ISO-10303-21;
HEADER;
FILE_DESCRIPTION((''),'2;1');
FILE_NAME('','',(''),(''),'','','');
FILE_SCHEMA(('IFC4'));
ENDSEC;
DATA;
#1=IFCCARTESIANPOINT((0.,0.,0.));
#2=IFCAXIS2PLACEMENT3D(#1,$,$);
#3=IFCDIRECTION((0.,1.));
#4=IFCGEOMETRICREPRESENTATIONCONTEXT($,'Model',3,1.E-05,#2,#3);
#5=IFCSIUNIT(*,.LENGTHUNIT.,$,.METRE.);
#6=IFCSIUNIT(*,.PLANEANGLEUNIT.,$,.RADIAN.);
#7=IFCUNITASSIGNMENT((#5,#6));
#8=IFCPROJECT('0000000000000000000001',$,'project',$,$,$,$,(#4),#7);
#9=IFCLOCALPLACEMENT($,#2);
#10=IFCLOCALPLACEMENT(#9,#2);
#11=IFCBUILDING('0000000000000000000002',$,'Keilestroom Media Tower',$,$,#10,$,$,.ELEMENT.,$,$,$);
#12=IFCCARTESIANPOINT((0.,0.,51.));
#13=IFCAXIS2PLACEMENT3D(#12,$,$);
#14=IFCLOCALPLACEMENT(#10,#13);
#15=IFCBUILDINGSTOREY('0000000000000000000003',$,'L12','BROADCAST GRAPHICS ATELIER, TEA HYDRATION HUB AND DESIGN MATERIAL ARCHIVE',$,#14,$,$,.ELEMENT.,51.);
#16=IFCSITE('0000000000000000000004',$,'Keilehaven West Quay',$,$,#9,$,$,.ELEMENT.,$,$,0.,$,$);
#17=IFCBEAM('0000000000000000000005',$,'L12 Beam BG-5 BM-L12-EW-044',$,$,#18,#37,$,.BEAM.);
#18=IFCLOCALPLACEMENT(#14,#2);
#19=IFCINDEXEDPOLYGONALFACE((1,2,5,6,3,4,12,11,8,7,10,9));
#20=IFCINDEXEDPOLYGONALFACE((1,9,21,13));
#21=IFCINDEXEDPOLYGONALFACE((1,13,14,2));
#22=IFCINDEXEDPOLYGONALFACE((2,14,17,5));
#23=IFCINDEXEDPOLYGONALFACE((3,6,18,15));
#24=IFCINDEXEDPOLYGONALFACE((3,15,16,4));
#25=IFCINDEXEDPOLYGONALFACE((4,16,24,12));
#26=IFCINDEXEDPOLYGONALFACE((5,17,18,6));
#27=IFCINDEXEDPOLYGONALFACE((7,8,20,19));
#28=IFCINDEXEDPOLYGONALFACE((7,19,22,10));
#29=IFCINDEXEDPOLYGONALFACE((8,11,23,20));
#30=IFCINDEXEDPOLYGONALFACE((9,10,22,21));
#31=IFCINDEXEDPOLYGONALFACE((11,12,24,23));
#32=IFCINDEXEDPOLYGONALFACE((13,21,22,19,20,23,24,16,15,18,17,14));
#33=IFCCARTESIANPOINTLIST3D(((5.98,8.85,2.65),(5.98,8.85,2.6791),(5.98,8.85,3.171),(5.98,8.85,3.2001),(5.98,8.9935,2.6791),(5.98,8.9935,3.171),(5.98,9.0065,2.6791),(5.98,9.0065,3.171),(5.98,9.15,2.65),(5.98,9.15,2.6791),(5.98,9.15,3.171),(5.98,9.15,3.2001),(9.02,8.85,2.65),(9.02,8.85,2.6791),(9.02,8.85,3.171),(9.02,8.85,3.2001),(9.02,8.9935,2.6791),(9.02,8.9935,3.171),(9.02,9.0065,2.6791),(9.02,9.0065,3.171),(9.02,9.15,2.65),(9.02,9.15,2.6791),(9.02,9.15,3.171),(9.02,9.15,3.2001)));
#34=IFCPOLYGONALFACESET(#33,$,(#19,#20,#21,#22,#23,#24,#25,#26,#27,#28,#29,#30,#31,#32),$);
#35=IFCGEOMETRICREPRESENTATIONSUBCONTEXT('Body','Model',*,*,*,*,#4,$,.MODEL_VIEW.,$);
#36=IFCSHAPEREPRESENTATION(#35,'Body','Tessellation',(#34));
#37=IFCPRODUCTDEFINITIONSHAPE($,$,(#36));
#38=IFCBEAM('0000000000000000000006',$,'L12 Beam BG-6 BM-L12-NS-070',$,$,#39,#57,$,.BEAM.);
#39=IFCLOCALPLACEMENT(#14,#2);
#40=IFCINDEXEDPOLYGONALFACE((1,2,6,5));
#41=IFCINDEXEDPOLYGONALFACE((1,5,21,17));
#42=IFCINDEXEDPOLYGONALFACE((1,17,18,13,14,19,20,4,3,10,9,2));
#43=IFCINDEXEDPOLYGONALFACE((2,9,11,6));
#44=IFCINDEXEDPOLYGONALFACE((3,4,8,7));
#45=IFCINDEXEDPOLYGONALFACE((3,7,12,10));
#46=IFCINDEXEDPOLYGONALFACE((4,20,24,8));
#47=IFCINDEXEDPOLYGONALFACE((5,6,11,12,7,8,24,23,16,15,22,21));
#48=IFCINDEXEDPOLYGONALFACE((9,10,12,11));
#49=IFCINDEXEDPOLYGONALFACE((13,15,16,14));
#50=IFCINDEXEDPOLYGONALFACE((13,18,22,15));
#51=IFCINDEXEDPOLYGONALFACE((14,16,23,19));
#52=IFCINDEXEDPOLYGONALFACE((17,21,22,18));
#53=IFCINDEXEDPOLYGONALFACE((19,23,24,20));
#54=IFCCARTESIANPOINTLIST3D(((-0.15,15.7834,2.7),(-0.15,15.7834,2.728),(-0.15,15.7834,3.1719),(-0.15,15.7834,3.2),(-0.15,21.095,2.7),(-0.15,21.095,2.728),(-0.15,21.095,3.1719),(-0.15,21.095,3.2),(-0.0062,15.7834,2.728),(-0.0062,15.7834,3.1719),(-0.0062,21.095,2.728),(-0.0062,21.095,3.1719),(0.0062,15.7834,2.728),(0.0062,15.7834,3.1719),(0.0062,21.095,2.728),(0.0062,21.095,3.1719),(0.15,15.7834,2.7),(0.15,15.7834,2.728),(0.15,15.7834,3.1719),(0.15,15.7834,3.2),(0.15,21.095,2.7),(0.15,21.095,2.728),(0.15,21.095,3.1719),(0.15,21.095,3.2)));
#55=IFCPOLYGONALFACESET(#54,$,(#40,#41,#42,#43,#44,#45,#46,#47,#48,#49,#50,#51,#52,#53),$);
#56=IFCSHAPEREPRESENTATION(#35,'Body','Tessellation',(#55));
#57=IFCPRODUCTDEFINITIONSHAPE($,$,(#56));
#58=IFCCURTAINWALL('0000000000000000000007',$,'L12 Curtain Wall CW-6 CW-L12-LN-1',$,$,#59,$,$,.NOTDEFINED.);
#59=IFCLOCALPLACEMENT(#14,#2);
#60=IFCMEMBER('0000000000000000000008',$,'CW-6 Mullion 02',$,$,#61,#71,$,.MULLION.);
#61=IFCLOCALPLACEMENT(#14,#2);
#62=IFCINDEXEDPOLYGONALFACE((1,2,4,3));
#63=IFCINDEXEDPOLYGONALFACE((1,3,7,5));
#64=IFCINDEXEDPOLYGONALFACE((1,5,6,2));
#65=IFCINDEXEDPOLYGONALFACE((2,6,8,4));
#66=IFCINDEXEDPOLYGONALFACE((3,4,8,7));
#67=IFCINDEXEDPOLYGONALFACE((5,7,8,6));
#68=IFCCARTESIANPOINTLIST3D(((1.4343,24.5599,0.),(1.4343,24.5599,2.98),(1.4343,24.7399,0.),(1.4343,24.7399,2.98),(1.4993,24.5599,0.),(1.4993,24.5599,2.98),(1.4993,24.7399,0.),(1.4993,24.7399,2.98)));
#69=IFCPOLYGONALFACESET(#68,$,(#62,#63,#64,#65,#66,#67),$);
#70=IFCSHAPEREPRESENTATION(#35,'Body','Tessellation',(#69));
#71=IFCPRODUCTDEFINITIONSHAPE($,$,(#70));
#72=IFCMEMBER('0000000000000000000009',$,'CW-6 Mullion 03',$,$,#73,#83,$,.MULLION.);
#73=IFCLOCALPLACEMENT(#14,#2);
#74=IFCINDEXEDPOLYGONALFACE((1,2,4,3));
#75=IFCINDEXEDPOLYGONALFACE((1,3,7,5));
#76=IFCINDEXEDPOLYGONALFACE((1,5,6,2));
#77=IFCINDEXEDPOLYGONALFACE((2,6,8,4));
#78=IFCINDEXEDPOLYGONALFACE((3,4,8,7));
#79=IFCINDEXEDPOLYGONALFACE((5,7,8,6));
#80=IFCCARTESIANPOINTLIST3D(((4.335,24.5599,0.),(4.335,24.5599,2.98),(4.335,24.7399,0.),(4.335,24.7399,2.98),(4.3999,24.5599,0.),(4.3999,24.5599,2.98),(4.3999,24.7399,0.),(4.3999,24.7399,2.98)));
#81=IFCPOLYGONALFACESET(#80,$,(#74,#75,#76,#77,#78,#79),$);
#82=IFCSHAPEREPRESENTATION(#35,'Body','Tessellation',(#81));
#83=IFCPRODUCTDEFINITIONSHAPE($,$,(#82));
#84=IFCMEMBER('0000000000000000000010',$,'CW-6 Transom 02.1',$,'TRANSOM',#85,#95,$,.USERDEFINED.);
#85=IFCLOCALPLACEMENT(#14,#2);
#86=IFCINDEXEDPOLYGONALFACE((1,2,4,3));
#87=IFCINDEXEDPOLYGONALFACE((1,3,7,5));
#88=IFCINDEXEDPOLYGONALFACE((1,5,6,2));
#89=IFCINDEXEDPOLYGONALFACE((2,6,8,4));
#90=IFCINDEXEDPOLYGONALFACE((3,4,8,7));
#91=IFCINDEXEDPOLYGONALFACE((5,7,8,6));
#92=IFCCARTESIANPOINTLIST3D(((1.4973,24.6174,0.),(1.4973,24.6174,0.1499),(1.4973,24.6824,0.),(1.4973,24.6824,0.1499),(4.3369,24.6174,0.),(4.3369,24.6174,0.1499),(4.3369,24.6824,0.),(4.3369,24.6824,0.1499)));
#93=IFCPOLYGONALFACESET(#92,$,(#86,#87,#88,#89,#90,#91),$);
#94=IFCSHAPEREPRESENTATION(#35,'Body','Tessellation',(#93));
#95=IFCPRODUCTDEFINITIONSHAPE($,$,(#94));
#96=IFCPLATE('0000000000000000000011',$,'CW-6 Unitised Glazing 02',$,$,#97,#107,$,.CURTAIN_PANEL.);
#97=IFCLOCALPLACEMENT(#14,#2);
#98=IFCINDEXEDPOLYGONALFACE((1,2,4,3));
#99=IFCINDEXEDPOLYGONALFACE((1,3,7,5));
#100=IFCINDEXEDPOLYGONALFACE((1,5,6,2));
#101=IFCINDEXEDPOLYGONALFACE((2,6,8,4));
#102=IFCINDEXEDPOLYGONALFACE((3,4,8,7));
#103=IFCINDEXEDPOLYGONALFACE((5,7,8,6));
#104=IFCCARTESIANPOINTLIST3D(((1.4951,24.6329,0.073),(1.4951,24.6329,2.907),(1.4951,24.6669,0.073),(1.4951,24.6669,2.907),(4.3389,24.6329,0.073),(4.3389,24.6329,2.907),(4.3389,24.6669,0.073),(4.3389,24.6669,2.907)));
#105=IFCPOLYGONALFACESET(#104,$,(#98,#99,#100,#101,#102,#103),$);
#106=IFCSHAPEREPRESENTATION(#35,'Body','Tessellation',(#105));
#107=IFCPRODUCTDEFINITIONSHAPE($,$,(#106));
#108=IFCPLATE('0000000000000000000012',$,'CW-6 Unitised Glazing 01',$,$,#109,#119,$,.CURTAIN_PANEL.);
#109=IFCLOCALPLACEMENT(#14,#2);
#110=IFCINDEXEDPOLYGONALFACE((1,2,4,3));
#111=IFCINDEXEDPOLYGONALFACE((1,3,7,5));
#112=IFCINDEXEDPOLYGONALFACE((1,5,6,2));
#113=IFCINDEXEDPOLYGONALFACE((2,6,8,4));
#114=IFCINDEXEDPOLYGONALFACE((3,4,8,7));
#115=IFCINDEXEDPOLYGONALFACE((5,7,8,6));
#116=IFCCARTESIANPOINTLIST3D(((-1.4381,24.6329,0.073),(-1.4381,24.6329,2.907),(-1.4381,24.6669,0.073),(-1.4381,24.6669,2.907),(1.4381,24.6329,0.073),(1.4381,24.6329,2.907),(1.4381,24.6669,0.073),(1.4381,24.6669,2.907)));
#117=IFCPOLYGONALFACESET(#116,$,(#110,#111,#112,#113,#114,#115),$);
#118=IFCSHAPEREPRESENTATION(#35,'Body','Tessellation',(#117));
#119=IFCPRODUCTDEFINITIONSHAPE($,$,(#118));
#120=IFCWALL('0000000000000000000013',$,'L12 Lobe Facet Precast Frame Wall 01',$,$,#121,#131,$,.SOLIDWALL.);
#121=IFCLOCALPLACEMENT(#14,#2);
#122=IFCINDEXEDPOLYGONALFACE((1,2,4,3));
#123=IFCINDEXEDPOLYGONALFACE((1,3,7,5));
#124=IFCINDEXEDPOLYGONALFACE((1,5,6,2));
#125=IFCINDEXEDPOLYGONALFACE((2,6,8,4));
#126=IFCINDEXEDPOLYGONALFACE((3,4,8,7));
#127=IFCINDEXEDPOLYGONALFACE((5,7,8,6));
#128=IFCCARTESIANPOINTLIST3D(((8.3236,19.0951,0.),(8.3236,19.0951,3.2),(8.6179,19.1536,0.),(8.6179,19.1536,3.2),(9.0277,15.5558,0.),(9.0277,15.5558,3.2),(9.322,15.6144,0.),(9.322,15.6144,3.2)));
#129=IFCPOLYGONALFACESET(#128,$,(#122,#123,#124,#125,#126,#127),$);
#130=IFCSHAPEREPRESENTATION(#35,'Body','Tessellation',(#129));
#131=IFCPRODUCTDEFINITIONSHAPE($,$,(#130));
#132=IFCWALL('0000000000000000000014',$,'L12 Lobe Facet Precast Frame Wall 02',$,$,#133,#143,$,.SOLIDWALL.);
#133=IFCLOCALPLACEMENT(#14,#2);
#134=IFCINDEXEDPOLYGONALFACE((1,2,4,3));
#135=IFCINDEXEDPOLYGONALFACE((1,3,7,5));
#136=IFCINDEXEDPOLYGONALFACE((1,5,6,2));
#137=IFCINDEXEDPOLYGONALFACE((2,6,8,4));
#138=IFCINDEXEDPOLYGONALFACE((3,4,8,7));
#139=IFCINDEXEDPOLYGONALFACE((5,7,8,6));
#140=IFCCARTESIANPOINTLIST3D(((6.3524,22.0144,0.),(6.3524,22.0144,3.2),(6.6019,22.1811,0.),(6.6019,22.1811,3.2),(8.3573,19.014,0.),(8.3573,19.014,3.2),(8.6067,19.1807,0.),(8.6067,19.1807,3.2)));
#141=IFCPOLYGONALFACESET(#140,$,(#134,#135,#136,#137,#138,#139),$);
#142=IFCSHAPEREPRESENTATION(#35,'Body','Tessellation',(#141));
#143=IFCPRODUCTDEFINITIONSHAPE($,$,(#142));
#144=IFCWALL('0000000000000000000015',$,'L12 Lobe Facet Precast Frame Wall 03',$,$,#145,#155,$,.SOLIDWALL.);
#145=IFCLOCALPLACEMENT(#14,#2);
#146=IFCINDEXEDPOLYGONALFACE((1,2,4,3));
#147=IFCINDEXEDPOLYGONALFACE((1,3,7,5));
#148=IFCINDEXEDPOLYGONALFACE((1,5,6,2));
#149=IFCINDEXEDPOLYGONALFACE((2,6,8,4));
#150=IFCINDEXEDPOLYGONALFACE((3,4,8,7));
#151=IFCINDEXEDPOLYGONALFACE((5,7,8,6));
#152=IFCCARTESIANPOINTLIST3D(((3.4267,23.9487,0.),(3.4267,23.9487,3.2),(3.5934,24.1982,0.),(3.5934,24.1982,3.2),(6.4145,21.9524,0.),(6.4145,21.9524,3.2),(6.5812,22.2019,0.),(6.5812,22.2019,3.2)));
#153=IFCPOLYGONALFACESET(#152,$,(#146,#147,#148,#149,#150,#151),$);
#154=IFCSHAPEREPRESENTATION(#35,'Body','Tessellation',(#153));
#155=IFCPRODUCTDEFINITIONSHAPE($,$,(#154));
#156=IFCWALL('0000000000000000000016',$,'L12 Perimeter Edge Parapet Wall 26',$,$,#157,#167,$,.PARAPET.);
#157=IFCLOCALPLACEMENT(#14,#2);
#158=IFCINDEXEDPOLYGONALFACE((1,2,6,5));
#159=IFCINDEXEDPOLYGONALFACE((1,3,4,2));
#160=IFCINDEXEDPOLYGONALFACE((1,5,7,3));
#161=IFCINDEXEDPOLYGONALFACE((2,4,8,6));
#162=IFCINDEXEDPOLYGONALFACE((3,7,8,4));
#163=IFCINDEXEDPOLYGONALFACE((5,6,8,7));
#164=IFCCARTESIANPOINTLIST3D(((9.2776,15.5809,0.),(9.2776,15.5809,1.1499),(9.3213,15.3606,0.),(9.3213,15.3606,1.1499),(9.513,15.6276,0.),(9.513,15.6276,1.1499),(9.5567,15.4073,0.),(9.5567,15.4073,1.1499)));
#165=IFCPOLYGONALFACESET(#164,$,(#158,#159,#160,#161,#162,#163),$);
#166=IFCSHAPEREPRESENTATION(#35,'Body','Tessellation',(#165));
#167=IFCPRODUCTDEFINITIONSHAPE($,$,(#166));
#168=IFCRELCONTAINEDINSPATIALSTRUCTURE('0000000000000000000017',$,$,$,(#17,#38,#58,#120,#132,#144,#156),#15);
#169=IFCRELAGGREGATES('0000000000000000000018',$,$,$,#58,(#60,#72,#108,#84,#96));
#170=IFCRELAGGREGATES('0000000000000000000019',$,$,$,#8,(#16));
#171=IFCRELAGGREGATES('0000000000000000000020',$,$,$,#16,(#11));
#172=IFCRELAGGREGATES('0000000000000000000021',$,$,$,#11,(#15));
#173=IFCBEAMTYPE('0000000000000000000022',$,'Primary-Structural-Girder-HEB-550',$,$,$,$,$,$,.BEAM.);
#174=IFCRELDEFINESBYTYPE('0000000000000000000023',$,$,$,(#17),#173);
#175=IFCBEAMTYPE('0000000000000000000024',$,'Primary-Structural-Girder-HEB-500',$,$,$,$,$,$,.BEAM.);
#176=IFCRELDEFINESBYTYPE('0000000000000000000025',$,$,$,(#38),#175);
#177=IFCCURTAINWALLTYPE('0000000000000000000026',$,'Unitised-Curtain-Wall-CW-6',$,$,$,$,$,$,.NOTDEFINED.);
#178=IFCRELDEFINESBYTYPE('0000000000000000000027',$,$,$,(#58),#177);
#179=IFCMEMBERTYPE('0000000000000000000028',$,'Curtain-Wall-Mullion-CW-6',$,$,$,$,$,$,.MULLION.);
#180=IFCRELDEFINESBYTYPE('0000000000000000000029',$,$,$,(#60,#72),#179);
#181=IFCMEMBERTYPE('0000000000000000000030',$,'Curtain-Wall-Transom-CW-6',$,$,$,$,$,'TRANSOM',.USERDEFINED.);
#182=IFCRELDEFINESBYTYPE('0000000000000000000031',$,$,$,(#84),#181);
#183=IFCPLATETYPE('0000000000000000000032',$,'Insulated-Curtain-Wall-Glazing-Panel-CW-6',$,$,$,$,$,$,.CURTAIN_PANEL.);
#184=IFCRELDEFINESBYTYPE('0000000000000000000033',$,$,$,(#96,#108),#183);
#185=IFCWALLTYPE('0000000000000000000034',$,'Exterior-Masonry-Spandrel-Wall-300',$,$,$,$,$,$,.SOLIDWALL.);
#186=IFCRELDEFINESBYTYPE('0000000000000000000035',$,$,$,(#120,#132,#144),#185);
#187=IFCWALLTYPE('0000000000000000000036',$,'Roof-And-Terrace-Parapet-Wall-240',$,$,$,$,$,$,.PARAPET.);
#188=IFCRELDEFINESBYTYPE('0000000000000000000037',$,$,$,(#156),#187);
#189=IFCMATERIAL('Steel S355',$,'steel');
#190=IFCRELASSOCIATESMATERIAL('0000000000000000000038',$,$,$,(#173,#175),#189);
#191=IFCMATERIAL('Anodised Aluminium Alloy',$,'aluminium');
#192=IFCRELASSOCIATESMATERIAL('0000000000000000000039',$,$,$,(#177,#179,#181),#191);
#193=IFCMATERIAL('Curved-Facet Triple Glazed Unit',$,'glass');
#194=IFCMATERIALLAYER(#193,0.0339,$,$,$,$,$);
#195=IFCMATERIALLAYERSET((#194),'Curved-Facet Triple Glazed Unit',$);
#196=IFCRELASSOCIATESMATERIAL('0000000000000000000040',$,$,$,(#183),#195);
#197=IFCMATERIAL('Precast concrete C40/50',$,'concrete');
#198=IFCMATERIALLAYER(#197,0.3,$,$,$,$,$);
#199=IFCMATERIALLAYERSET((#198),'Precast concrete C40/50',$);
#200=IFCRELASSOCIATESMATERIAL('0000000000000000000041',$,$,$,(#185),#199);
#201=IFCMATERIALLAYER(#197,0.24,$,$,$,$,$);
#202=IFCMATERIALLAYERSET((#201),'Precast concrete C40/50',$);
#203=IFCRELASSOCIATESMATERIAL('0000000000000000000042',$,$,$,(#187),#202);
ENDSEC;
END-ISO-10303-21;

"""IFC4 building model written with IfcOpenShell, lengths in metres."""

from ifc_helpers import new_model, si_unit, direction, frame, frame_2d, origin, origin_2d, place, context, subcontext, project, spatial, rectangle, i_section, extrude, source, transform, mapped, material, layer, layer_set, material_profile, profile_set, type_object, element, aggregate, save


model = new_model("IFC4")

# Units and contexts
model_context = context("Model", 3, precision=1e-05, world=origin(), true_north=direction((0.0, 1.0)))
body_context = subcontext(model_context, "Body", "Model", "MODEL_VIEW")
ifc_project = project(units=[si_unit("LENGTHUNIT", "METRE"), si_unit("PLANEANGLEUNIT", "RADIAN")], contexts=[model_context])

# Site, building, storey
site_placement = place(None, origin())
site = spatial("IfcSite", under=ifc_project, at=site_placement, Name="Keilehaven West Quay", CompositionType="ELEMENT", RefElevation=0.0)
building_placement = place(site_placement, origin())
building = spatial("IfcBuilding", under=site, at=building_placement, Name="Keilestroom Media Tower", CompositionType="ELEMENT")
storey_placement = place(building_placement, frame((0.0, 0.0, 51.0)))
storey = spatial("IfcBuildingStorey", under=building, at=storey_placement, Name="L12", Description="BROADCAST GRAPHICS ATELIER, TEA HYDRATION HUB AND DESIGN MATERIAL ARCHIVE", CompositionType="ELEMENT", Elevation=51.0)

# Beams
ifc_material_1 = material(Name="Steel S355", Category="steel")
ifc_material_profile_1 = material_profile(ifc_material_1, i_section(OverallWidth=0.3, OverallDepth=0.55, WebThickness=0.0129, FlangeThickness=0.0291, at=origin_2d()), Name="HEB 550")
ifc_profile_set_1 = profile_set([ifc_material_profile_1], Name="Steel S355")
beam_type_1 = type_object("IfcBeamType", Name="Primary-Structural-Girder-HEB-550", PredefinedType="BEAM", material=ifc_profile_set_1)
shared_shape_1 = source(origin(), body_context, "Body", "SweptSolid", [
    extrude(i_section(OverallWidth=0.3, OverallDepth=0.55, WebThickness=0.0129, FlangeThickness=0.0291, at=origin_2d()), origin(), (0.0, 0.0, 1.0), 3.04),
])
beam_1_placement = place(storey_placement, frame((5.98, 9.0, 2.925), z_axis=(1.0, 0.0, 0.0), x_axis=(0.0, 1.0, 0.0)))
element("IfcBeam", 1, at=beam_1_placement, inside=storey, type_object=beam_type_1, Name="L12 Beam BG-5 BM-L12-EW-044", PredefinedType="BEAM", context=body_context, shape_type="MappedRepresentation", body=[
    mapped(shared_shape_1, transform((0.0, 0.0, 0.0), x_axis=(1.0, 0.0, 0.0), y_axis=(0.0, 1.0, 0.0), z_axis=(0.0, 0.0, 1.0), scale=1.0)),
])
ifc_material_profile_2 = material_profile(ifc_material_1, i_section(OverallWidth=0.3, OverallDepth=0.5, WebThickness=0.0125, FlangeThickness=0.0281, at=origin_2d()), Name="HEB 500")
ifc_profile_set_2 = profile_set([ifc_material_profile_2], Name="Steel S355")
beam_type_2 = type_object("IfcBeamType", Name="Primary-Structural-Girder-HEB-500", PredefinedType="BEAM", material=ifc_profile_set_2)
shared_shape_2 = source(origin(), body_context, "Body", "SweptSolid", [
    extrude(i_section(OverallWidth=0.3, OverallDepth=0.5, WebThickness=0.0125, FlangeThickness=0.0281, at=origin_2d()), origin(), (0.0, 0.0, 1.0), 5.3115),
])
beam_2_placement = place(storey_placement, frame((0.0, 15.7834, 2.95), z_axis=(0.0, 1.0, 0.0), x_axis=(-1.0, 0.0, 0.0)))
element("IfcBeam", 2, at=beam_2_placement, inside=storey, type_object=beam_type_2, Name="L12 Beam BG-6 BM-L12-NS-070", PredefinedType="BEAM", context=body_context, shape_type="MappedRepresentation", body=[
    mapped(shared_shape_2, transform((0.0, 0.0, 0.0), x_axis=(1.0, 0.0, 0.0), y_axis=(0.0, 1.0, 0.0), z_axis=(0.0, 0.0, 1.0), scale=1.0)),
])

# Curtain wall, members, plates
ifc_material_2 = material(Name="Anodised Aluminium Alloy", Category="aluminium")
curtain_wall_type = type_object("IfcCurtainWallType", Name="Unitised-Curtain-Wall-CW-6", PredefinedType="NOTDEFINED", material=ifc_material_2)
curtain_wall_placement = place(storey_placement, origin())
curtain_wall = element("IfcCurtainWall", 3, at=curtain_wall_placement, inside=storey, type_object=curtain_wall_type, Name="L12 Curtain Wall CW-6 CW-L12-LN-1", PredefinedType="NOTDEFINED")
ifc_material_profile_3 = material_profile(ifc_material_2, rectangle(XDim=0.0649, YDim=0.1799, at=origin_2d()), Name="ALU MULLION 65x180")
ifc_profile_set_3 = profile_set([ifc_material_profile_3], Name="Anodised Aluminium Alloy")
member_type_1 = type_object("IfcMemberType", Name="Curtain-Wall-Mullion-CW-6", PredefinedType="MULLION", material=ifc_profile_set_3)
shared_shape_3 = source(origin(), body_context, "Body", "SweptSolid", [
    extrude(rectangle(XDim=0.0649, YDim=0.1799, at=origin_2d()), origin(), (0.0, 0.0, 1.0), 2.98),
])
member_1_placement = place(storey_placement, frame((1.4668, 24.6499, 0.0), z_axis=(0.0, 0.0, 1.0), x_axis=(1.0, 0.0, 0.0)))
member_1 = element("IfcMember", 4, at=member_1_placement, type_object=member_type_1, Name="CW-6 Mullion 02", PredefinedType="MULLION", context=body_context, shape_type="MappedRepresentation", body=[
    mapped(shared_shape_3, transform((0.0, 0.0, 0.0), x_axis=(1.0, 0.0, 0.0), y_axis=(0.0, 1.0, 0.0), z_axis=(0.0, 0.0, 1.0), scale=1.0)),
])
member_2_placement = place(storey_placement, frame((4.3674, 24.6499, 0.0), z_axis=(0.0, 0.0, 1.0), x_axis=(1.0, 0.0, 0.0)))
member_2 = element("IfcMember", 5, at=member_2_placement, type_object=member_type_1, Name="CW-6 Mullion 03", PredefinedType="MULLION", context=body_context, shape_type="MappedRepresentation", body=[
    mapped(shared_shape_3, transform((0.0, 0.0, 0.0), x_axis=(1.0, 0.0, 0.0), y_axis=(0.0, 1.0, 0.0), z_axis=(0.0, 0.0, 1.0), scale=1.0)),
])
ifc_material_profile_4 = material_profile(ifc_material_2, rectangle(XDim=0.0649, YDim=0.1499, at=origin_2d()), Name="ALU TRANSOM 65x150")
ifc_profile_set_4 = profile_set([ifc_material_profile_4], Name="Anodised Aluminium Alloy")
member_type_2 = type_object("IfcMemberType", Name="Curtain-Wall-Transom-CW-6", ElementType="TRANSOM", PredefinedType="USERDEFINED", material=ifc_profile_set_4)
shared_shape_4 = source(origin(), body_context, "Body", "SweptSolid", [
    extrude(rectangle(XDim=0.0649, YDim=0.1499, at=origin_2d()), origin(), (0.0, 0.0, 1.0), 2.8396),
])
member_3_placement = place(storey_placement, frame((1.4973, 24.6499, 0.075), z_axis=(1.0, 0.0, 0.0), x_axis=(0.0, 1.0, 0.0)))
member_3 = element("IfcMember", 6, at=member_3_placement, type_object=member_type_2, Name="CW-6 Transom 02.1", ObjectType="TRANSOM", PredefinedType="USERDEFINED", context=body_context, shape_type="MappedRepresentation", body=[
    mapped(shared_shape_4, transform((0.0, 0.0, 0.0), x_axis=(1.0, 0.0, 0.0), y_axis=(0.0, 1.0, 0.0), z_axis=(0.0, 0.0, 1.0), scale=1.0)),
])
ifc_material_3 = material(Name="Curved-Facet Triple Glazed Unit", Category="glass")
ifc_layer_1 = layer(ifc_material_3, 0.0339)
ifc_layer_set_1 = layer_set([ifc_layer_1], Name="Curved-Facet Triple Glazed Unit")
plate_type = type_object("IfcPlateType", Name="Insulated-Curtain-Wall-Glazing-Panel-CW-6", PredefinedType="CURTAIN_PANEL", material=ifc_layer_set_1)
shared_shape_5 = source(origin(), body_context, "Body", "SweptSolid", [
    extrude(rectangle(XDim=2.8438, YDim=0.0339, at=origin_2d()), origin(), (0.0, 0.0, 1.0), 2.834),
])
plate_1_placement = place(storey_placement, frame((2.917, 24.6499, 0.073), z_axis=(0.0, 0.0, 1.0), x_axis=(1.0, 0.0, 0.0)))
plate_1 = element("IfcPlate", 7, at=plate_1_placement, type_object=plate_type, Name="CW-6 Unitised Glazing 02", PredefinedType="CURTAIN_PANEL", context=body_context, shape_type="MappedRepresentation", body=[
    mapped(shared_shape_5, transform((0.0, 0.0, 0.0), x_axis=(1.0, 0.0, 0.0), y_axis=(0.0, 1.0, 0.0), z_axis=(0.0, 0.0, 1.0), scale=1.0)),
])
shared_shape_6 = source(origin(), body_context, "Body", "SweptSolid", [
    extrude(rectangle(XDim=2.8762, YDim=0.0339, at=origin_2d()), origin(), (0.0, 0.0, 1.0), 2.834),
])
plate_2_placement = place(storey_placement, frame((0.0, 24.6499, 0.073), z_axis=(0.0, 0.0, 1.0), x_axis=(1.0, 0.0, 0.0)))
plate_2 = element("IfcPlate", 8, at=plate_2_placement, type_object=plate_type, Name="CW-6 Unitised Glazing 01", PredefinedType="CURTAIN_PANEL", context=body_context, shape_type="MappedRepresentation", body=[
    mapped(shared_shape_6, transform((0.0, 0.0, 0.0), x_axis=(1.0, 0.0, 0.0), y_axis=(0.0, 1.0, 0.0), z_axis=(0.0, 0.0, 1.0), scale=1.0)),
])
aggregate(curtain_wall, [member_1, member_2, plate_2, member_3, plate_1])

# Walls
ifc_material_4 = material(Name="Precast concrete C40/50", Category="concrete")
ifc_layer_2 = layer(ifc_material_4, 0.3)
ifc_layer_set_2 = layer_set([ifc_layer_2], Name="Precast concrete C40/50")
wall_type_1 = type_object("IfcWallType", Name="Exterior-Masonry-Spandrel-Wall-300", PredefinedType="SOLIDWALL", material=ifc_layer_set_2)
for number, where, z_axis, x_axis, name in (
    (9, (9.1748, 15.5852, 0.0), (0.0, 0.0, 1.0), (-0.195114, 0.980781, 0.0), "L12 Lobe Facet Precast Frame Wall 01"),
    (10, (8.4819, 19.0974, 0.0), (0.0, 0.0, 1.0), (-0.555574, 0.831467, 0.0), "L12 Lobe Facet Precast Frame Wall 02"),
):
    element("IfcWall", number, at=place(storey_placement, frame(where, z_axis=z_axis, x_axis=x_axis)), inside=storey, type_object=wall_type_1, Name=name, PredefinedType="SOLIDWALL", context=body_context, shape_type="SweptSolid", body=[
        extrude(rectangle(XDim=3.6086, YDim=0.3, at=frame_2d((1.8042, 0.0))), origin(), (0.0, 0.0, 1.0), 3.2),
    ])
wall_1_placement = place(storey_placement, frame((6.4978, 22.0771, 0.0), z_axis=(0.0, 0.0, 1.0), x_axis=(-0.831475, 0.555562, 0.0)))
element("IfcWall", 11, at=wall_1_placement, inside=storey, type_object=wall_type_1, Name="L12 Lobe Facet Precast Frame Wall 03", PredefinedType="SOLIDWALL", context=body_context, shape_type="SweptSolid", body=[
    extrude(rectangle(XDim=3.5933, YDim=0.3, at=frame_2d((1.7966, 0.0))), origin(), (0.0, 0.0, 1.0), 3.2),
])
ifc_layer_3 = layer(ifc_material_4, 0.24)
ifc_layer_set_3 = layer_set([ifc_layer_3], Name="Precast concrete C40/50")
wall_type_2 = type_object("IfcWallType", Name="Roof-And-Terrace-Parapet-Wall-240", PredefinedType="PARAPET", material=ifc_layer_set_3)
wall_2_placement = place(storey_placement, frame((9.3953, 15.6042, 0.0), z_axis=(0.0, 0.0, 1.0), x_axis=(0.194652, -0.980872, 0.0)))
element("IfcWall", 12, at=wall_2_placement, inside=storey, type_object=wall_type_2, Name="L12 Perimeter Edge Parapet Wall 26", PredefinedType="PARAPET", context=body_context, shape_type="SweptSolid", body=[
    extrude(rectangle(XDim=0.2246, YDim=0.24, at=frame_2d((0.1123, 0.0))), origin(), (0.0, 0.0, 1.0), 1.1499),
])

save(model, "model.ifc")
